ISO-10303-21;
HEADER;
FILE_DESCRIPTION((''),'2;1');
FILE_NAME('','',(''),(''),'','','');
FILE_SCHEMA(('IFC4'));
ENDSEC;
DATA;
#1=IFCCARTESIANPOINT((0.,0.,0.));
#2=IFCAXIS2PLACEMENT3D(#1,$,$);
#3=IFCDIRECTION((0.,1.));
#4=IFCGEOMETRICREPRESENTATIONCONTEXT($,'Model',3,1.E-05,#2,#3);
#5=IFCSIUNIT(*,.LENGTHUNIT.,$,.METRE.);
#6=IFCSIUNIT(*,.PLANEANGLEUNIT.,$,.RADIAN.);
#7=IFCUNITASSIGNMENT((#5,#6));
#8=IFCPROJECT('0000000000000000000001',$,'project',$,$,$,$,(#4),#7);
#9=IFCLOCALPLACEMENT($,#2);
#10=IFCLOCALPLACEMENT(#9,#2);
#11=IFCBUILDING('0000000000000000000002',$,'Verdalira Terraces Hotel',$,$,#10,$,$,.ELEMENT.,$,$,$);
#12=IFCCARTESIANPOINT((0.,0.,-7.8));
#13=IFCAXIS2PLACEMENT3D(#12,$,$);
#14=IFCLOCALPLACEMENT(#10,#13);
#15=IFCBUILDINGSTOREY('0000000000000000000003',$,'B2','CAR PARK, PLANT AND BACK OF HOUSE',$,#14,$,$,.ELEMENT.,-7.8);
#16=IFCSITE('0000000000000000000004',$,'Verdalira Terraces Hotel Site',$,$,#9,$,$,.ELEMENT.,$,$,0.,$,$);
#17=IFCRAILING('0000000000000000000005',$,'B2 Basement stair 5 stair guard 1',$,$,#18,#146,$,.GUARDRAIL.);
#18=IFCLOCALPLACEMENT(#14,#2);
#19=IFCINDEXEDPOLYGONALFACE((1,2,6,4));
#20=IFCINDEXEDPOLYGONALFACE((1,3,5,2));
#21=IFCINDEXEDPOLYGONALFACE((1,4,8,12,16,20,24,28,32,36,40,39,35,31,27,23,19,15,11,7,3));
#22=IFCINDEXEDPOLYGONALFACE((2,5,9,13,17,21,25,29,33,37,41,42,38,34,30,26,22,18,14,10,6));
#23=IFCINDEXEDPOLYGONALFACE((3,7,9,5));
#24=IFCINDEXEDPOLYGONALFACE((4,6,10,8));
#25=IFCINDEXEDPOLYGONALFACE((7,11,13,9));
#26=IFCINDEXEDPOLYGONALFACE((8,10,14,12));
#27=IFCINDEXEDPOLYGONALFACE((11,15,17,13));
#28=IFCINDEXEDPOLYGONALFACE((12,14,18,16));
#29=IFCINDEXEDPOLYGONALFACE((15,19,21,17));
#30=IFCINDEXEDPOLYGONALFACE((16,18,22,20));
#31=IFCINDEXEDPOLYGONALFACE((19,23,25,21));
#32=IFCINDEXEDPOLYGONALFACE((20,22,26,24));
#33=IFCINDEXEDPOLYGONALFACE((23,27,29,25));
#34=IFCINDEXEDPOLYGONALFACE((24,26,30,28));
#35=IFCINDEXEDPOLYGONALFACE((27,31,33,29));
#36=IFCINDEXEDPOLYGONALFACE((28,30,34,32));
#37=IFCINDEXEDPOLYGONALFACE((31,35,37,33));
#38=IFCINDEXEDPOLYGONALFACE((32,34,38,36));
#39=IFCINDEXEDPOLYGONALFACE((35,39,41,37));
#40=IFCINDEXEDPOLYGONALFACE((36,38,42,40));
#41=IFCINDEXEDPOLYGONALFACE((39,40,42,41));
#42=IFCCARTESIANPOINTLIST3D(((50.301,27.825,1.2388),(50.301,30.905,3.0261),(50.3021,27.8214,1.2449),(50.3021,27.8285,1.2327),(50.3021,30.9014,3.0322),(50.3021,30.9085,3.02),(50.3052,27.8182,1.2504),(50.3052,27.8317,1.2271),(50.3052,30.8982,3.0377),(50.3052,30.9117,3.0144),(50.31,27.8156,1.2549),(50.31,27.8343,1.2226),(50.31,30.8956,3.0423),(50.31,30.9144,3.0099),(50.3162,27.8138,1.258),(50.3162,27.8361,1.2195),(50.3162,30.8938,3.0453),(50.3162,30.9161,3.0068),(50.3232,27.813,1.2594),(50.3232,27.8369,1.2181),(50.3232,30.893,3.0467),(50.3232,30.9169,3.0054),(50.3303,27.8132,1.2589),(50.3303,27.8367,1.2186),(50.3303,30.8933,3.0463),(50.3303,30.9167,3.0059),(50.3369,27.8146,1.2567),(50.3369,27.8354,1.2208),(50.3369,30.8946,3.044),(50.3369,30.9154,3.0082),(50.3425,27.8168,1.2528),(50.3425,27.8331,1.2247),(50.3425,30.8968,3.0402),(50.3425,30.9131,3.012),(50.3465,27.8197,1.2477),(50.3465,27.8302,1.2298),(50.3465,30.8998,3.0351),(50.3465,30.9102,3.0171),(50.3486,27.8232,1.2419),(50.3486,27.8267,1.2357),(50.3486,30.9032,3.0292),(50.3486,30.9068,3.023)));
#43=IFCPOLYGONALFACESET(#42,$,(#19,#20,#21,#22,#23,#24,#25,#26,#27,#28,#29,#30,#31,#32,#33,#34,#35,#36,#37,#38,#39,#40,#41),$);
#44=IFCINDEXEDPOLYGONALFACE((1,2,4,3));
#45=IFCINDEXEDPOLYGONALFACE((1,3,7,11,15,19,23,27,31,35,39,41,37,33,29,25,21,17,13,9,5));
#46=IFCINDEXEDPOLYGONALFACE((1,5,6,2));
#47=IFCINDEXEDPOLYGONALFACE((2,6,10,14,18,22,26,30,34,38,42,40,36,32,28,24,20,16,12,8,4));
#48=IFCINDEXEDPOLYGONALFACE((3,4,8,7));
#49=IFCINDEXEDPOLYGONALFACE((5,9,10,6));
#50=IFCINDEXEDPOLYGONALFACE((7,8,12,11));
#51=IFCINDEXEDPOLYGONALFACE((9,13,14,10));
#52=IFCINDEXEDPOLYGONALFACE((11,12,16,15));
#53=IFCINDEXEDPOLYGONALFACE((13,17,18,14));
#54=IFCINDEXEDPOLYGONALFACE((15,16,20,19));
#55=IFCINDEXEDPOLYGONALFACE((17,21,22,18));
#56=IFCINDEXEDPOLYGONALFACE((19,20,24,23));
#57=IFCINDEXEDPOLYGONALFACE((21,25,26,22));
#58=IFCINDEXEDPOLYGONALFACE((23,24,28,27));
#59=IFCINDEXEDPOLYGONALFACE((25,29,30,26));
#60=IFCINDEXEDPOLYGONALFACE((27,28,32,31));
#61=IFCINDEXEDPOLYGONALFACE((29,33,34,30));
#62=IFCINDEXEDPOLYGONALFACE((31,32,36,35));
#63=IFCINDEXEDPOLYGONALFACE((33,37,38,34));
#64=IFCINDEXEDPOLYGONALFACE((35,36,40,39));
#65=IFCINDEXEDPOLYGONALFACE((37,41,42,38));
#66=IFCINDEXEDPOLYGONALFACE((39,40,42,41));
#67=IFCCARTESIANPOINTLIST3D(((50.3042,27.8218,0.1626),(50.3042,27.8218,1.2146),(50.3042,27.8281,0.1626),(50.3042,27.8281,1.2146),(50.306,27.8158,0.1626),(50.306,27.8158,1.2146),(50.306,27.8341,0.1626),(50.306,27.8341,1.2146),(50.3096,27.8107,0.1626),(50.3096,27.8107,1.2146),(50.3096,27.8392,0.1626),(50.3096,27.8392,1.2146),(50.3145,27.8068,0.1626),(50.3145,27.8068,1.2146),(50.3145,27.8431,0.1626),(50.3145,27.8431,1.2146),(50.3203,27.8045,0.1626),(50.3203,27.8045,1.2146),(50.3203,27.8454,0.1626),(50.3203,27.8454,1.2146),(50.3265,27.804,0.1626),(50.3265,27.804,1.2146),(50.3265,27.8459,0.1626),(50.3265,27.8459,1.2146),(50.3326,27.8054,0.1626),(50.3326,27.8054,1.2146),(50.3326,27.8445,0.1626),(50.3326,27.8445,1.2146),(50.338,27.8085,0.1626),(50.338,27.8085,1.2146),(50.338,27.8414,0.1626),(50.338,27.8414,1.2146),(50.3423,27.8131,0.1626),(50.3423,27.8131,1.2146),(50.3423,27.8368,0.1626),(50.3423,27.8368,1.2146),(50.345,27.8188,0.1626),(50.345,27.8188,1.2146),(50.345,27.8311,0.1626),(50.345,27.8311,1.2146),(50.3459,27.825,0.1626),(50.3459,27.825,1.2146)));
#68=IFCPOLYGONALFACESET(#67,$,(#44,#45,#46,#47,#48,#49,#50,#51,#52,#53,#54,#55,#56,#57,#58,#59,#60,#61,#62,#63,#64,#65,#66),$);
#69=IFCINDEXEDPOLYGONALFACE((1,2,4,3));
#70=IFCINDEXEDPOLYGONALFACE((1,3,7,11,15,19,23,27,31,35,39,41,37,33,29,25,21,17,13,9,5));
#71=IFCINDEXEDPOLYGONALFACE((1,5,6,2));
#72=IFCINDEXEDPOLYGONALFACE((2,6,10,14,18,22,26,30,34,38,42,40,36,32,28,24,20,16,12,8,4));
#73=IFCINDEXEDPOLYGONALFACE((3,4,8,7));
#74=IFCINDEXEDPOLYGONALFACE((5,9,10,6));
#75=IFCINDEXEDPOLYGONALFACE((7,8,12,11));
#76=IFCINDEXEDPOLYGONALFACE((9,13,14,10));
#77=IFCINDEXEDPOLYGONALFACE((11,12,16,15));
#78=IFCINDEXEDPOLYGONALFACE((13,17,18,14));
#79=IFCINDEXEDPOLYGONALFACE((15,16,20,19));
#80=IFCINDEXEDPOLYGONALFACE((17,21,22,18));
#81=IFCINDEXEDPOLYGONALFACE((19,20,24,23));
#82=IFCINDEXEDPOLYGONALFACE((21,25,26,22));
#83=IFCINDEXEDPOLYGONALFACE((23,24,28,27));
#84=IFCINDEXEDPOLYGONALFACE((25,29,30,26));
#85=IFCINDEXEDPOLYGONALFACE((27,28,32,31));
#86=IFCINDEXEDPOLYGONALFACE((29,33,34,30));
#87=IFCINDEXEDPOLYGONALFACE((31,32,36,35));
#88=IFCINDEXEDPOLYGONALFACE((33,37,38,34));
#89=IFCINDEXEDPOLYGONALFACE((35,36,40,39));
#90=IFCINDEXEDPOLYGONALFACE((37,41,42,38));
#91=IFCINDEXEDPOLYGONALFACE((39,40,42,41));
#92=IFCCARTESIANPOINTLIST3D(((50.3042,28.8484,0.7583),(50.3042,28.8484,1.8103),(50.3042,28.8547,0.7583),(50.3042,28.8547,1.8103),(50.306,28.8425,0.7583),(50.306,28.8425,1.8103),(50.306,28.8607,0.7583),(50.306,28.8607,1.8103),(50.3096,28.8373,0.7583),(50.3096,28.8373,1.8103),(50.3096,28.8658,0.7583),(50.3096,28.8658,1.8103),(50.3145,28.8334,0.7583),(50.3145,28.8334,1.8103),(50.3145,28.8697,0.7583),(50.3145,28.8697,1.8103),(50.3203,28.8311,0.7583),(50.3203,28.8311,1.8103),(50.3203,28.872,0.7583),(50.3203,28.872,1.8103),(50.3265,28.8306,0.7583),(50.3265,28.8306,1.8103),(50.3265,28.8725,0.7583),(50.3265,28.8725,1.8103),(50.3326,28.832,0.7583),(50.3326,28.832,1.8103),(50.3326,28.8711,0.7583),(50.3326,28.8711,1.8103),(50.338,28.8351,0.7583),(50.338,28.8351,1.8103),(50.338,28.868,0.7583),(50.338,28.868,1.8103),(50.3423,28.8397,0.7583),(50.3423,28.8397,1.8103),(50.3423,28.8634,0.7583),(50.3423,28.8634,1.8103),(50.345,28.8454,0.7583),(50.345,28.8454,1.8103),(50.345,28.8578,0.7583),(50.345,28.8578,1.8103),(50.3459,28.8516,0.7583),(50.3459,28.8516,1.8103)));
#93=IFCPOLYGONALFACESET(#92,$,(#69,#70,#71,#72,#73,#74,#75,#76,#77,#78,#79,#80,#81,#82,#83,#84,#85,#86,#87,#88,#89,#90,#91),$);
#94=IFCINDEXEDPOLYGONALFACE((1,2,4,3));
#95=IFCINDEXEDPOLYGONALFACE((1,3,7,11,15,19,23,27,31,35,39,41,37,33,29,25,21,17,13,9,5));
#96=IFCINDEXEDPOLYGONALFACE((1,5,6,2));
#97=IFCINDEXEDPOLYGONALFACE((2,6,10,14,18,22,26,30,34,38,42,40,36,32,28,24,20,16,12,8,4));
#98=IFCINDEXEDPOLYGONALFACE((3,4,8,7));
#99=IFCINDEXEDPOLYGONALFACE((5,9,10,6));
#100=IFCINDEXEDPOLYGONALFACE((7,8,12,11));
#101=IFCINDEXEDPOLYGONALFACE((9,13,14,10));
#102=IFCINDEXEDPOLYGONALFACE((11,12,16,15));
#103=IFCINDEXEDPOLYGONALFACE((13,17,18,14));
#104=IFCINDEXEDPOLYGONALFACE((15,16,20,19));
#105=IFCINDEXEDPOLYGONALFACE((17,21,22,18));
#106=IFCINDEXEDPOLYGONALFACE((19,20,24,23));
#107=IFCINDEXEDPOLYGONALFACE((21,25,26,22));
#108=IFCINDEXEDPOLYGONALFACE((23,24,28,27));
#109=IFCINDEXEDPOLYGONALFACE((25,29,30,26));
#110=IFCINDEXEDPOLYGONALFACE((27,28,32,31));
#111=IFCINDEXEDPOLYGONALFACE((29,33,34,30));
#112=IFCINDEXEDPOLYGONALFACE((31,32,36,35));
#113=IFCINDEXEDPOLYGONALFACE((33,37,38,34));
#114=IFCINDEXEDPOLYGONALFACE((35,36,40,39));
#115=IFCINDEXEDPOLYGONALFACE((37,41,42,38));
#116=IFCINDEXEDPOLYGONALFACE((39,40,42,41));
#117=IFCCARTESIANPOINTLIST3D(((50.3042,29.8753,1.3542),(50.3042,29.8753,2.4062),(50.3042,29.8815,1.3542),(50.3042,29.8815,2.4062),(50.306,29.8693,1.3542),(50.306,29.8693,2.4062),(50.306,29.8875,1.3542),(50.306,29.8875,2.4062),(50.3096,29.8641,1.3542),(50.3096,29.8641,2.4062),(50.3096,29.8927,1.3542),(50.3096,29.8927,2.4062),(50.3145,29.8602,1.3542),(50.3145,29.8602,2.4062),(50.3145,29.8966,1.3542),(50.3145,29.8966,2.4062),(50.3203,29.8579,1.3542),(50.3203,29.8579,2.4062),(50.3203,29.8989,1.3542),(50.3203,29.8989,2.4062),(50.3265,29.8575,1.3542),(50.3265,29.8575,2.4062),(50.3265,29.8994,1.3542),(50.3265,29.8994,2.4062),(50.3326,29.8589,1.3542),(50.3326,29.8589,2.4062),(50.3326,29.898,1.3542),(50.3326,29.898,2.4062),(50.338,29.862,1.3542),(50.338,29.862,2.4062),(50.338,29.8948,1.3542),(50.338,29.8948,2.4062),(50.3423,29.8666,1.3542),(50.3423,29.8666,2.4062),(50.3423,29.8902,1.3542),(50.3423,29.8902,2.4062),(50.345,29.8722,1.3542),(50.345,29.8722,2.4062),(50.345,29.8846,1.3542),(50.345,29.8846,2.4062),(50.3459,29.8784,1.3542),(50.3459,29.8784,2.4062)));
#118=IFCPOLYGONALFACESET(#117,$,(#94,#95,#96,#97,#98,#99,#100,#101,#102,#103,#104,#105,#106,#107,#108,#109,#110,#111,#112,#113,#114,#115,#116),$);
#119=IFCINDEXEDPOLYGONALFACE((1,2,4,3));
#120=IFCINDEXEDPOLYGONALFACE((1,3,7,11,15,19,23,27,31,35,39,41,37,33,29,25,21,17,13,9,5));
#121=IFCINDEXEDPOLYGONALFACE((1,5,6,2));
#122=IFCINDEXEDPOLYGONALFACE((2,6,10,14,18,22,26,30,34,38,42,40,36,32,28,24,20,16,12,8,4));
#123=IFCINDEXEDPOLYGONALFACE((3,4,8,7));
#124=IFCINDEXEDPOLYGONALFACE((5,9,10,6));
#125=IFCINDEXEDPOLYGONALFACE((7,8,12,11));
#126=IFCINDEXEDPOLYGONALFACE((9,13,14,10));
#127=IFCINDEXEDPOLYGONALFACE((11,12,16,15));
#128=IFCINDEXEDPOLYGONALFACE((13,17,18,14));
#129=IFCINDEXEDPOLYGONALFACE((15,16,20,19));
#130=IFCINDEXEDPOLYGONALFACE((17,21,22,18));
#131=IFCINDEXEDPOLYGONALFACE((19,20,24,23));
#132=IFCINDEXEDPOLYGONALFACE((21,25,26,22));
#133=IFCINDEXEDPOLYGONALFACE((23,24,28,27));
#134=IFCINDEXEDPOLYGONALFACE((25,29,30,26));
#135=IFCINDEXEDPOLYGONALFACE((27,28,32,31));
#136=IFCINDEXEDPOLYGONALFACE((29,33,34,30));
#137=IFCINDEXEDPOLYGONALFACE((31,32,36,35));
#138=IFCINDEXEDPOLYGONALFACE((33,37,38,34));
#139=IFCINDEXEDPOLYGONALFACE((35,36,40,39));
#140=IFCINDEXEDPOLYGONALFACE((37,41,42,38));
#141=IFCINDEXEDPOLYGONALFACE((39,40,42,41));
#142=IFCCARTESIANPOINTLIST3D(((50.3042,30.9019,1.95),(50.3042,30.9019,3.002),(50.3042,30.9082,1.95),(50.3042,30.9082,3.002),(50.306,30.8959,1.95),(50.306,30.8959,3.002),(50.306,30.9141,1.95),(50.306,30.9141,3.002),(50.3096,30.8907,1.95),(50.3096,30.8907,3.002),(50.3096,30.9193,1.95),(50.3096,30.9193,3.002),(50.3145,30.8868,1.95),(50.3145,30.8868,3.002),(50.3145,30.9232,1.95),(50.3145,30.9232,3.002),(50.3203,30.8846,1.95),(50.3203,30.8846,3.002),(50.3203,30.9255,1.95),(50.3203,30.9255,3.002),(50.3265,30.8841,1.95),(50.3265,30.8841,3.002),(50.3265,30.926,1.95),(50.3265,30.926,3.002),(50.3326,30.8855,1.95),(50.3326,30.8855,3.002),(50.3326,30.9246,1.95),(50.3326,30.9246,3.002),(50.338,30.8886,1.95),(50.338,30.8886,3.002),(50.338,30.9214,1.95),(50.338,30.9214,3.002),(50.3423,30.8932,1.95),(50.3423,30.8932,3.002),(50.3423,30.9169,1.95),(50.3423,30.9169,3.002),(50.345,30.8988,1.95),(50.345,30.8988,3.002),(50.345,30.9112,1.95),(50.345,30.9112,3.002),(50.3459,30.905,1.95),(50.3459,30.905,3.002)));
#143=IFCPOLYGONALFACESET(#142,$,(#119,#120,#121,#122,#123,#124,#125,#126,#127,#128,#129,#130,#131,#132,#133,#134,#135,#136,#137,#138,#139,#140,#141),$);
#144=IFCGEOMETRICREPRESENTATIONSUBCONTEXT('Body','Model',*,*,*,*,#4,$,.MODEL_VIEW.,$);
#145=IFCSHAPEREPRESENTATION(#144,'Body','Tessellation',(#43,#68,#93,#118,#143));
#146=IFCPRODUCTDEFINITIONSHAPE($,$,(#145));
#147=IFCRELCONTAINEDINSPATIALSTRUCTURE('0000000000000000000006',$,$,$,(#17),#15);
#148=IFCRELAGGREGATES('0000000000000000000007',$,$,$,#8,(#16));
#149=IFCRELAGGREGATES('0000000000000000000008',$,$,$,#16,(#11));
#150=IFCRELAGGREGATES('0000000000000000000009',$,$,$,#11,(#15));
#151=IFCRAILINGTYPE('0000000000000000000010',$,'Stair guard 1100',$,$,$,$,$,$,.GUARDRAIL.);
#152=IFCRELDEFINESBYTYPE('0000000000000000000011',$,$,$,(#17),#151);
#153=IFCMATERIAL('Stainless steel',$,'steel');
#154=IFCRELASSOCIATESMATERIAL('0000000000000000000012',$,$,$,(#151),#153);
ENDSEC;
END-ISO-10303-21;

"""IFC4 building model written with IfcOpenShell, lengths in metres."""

from ifc_helpers import new_model, si_unit, direction, frame, origin, origin_2d, place, context, subcontext, project, spatial, circle, extrude, material, type_object, element, save


model = new_model("IFC4")

# Units and contexts
model_context = context("Model", 3, precision=1e-05, world=origin(), true_north=direction((0.0, 1.0)))
body_context = subcontext(model_context, "Body", "Model", "MODEL_VIEW")
ifc_project = project(units=[si_unit("LENGTHUNIT", "METRE"), si_unit("PLANEANGLEUNIT", "RADIAN")], contexts=[model_context])

# Site, building, storey
site_placement = place(None, origin())
site = spatial("IfcSite", under=ifc_project, at=site_placement, Name="Verdalira Terraces Hotel Site", CompositionType="ELEMENT", RefElevation=0.0)
building_placement = place(site_placement, origin())
building = spatial("IfcBuilding", under=site, at=building_placement, Name="Verdalira Terraces Hotel", CompositionType="ELEMENT")
storey_placement = place(building_placement, frame((0.0, 0.0, -7.8)))
storey = spatial("IfcBuildingStorey", under=building, at=storey_placement, Name="B2", Description="CAR PARK, PLANT AND BACK OF HOUSE", CompositionType="ELEMENT", Elevation=-7.8)

# Railing
ifc_material_1 = material(Name="Stainless steel", Category="steel")
railing_type_1 = type_object("IfcRailingType", Name="Stair guard 1100", PredefinedType="GUARDRAIL", material=ifc_material_1)
railing_1_placement = place(storey_placement, frame((50.325, 27.825, 0.1626)))
element("IfcRailing", 1, at=railing_1_placement, inside=storey, type_object=railing_type_1, Name="B2 Basement stair 5 stair guard 1", PredefinedType="GUARDRAIL", context=body_context, shape_type="SweptSolid", body=[
    extrude(circle(Radius=0.0239, at=origin_2d()), frame((0.0, 0.0, 1.0762), z_axis=(0.0, 0.86492, 0.501909), x_axis=(-1.0, 0.0, 0.0)), (0.0, 0.0, 1.0), 3.561),
    extrude(circle(Radius=0.021, at=origin_2d()), origin(), (0.0, 0.0, 1.0), 1.052),
    extrude(circle(Radius=0.021, at=origin_2d()), frame((0.0, 1.0266, 0.5957)), (0.0, 0.0, 1.0), 1.052),
    extrude(circle(Radius=0.021, at=origin_2d()), frame((0.0, 2.0535, 1.1917)), (0.0, 0.0, 1.0), 1.052),
    extrude(circle(Radius=0.021, at=origin_2d()), frame((0.0, 3.0801, 1.7874)), (0.0, 0.0, 1.0), 1.052),
])

save(model, "model.ifc")
